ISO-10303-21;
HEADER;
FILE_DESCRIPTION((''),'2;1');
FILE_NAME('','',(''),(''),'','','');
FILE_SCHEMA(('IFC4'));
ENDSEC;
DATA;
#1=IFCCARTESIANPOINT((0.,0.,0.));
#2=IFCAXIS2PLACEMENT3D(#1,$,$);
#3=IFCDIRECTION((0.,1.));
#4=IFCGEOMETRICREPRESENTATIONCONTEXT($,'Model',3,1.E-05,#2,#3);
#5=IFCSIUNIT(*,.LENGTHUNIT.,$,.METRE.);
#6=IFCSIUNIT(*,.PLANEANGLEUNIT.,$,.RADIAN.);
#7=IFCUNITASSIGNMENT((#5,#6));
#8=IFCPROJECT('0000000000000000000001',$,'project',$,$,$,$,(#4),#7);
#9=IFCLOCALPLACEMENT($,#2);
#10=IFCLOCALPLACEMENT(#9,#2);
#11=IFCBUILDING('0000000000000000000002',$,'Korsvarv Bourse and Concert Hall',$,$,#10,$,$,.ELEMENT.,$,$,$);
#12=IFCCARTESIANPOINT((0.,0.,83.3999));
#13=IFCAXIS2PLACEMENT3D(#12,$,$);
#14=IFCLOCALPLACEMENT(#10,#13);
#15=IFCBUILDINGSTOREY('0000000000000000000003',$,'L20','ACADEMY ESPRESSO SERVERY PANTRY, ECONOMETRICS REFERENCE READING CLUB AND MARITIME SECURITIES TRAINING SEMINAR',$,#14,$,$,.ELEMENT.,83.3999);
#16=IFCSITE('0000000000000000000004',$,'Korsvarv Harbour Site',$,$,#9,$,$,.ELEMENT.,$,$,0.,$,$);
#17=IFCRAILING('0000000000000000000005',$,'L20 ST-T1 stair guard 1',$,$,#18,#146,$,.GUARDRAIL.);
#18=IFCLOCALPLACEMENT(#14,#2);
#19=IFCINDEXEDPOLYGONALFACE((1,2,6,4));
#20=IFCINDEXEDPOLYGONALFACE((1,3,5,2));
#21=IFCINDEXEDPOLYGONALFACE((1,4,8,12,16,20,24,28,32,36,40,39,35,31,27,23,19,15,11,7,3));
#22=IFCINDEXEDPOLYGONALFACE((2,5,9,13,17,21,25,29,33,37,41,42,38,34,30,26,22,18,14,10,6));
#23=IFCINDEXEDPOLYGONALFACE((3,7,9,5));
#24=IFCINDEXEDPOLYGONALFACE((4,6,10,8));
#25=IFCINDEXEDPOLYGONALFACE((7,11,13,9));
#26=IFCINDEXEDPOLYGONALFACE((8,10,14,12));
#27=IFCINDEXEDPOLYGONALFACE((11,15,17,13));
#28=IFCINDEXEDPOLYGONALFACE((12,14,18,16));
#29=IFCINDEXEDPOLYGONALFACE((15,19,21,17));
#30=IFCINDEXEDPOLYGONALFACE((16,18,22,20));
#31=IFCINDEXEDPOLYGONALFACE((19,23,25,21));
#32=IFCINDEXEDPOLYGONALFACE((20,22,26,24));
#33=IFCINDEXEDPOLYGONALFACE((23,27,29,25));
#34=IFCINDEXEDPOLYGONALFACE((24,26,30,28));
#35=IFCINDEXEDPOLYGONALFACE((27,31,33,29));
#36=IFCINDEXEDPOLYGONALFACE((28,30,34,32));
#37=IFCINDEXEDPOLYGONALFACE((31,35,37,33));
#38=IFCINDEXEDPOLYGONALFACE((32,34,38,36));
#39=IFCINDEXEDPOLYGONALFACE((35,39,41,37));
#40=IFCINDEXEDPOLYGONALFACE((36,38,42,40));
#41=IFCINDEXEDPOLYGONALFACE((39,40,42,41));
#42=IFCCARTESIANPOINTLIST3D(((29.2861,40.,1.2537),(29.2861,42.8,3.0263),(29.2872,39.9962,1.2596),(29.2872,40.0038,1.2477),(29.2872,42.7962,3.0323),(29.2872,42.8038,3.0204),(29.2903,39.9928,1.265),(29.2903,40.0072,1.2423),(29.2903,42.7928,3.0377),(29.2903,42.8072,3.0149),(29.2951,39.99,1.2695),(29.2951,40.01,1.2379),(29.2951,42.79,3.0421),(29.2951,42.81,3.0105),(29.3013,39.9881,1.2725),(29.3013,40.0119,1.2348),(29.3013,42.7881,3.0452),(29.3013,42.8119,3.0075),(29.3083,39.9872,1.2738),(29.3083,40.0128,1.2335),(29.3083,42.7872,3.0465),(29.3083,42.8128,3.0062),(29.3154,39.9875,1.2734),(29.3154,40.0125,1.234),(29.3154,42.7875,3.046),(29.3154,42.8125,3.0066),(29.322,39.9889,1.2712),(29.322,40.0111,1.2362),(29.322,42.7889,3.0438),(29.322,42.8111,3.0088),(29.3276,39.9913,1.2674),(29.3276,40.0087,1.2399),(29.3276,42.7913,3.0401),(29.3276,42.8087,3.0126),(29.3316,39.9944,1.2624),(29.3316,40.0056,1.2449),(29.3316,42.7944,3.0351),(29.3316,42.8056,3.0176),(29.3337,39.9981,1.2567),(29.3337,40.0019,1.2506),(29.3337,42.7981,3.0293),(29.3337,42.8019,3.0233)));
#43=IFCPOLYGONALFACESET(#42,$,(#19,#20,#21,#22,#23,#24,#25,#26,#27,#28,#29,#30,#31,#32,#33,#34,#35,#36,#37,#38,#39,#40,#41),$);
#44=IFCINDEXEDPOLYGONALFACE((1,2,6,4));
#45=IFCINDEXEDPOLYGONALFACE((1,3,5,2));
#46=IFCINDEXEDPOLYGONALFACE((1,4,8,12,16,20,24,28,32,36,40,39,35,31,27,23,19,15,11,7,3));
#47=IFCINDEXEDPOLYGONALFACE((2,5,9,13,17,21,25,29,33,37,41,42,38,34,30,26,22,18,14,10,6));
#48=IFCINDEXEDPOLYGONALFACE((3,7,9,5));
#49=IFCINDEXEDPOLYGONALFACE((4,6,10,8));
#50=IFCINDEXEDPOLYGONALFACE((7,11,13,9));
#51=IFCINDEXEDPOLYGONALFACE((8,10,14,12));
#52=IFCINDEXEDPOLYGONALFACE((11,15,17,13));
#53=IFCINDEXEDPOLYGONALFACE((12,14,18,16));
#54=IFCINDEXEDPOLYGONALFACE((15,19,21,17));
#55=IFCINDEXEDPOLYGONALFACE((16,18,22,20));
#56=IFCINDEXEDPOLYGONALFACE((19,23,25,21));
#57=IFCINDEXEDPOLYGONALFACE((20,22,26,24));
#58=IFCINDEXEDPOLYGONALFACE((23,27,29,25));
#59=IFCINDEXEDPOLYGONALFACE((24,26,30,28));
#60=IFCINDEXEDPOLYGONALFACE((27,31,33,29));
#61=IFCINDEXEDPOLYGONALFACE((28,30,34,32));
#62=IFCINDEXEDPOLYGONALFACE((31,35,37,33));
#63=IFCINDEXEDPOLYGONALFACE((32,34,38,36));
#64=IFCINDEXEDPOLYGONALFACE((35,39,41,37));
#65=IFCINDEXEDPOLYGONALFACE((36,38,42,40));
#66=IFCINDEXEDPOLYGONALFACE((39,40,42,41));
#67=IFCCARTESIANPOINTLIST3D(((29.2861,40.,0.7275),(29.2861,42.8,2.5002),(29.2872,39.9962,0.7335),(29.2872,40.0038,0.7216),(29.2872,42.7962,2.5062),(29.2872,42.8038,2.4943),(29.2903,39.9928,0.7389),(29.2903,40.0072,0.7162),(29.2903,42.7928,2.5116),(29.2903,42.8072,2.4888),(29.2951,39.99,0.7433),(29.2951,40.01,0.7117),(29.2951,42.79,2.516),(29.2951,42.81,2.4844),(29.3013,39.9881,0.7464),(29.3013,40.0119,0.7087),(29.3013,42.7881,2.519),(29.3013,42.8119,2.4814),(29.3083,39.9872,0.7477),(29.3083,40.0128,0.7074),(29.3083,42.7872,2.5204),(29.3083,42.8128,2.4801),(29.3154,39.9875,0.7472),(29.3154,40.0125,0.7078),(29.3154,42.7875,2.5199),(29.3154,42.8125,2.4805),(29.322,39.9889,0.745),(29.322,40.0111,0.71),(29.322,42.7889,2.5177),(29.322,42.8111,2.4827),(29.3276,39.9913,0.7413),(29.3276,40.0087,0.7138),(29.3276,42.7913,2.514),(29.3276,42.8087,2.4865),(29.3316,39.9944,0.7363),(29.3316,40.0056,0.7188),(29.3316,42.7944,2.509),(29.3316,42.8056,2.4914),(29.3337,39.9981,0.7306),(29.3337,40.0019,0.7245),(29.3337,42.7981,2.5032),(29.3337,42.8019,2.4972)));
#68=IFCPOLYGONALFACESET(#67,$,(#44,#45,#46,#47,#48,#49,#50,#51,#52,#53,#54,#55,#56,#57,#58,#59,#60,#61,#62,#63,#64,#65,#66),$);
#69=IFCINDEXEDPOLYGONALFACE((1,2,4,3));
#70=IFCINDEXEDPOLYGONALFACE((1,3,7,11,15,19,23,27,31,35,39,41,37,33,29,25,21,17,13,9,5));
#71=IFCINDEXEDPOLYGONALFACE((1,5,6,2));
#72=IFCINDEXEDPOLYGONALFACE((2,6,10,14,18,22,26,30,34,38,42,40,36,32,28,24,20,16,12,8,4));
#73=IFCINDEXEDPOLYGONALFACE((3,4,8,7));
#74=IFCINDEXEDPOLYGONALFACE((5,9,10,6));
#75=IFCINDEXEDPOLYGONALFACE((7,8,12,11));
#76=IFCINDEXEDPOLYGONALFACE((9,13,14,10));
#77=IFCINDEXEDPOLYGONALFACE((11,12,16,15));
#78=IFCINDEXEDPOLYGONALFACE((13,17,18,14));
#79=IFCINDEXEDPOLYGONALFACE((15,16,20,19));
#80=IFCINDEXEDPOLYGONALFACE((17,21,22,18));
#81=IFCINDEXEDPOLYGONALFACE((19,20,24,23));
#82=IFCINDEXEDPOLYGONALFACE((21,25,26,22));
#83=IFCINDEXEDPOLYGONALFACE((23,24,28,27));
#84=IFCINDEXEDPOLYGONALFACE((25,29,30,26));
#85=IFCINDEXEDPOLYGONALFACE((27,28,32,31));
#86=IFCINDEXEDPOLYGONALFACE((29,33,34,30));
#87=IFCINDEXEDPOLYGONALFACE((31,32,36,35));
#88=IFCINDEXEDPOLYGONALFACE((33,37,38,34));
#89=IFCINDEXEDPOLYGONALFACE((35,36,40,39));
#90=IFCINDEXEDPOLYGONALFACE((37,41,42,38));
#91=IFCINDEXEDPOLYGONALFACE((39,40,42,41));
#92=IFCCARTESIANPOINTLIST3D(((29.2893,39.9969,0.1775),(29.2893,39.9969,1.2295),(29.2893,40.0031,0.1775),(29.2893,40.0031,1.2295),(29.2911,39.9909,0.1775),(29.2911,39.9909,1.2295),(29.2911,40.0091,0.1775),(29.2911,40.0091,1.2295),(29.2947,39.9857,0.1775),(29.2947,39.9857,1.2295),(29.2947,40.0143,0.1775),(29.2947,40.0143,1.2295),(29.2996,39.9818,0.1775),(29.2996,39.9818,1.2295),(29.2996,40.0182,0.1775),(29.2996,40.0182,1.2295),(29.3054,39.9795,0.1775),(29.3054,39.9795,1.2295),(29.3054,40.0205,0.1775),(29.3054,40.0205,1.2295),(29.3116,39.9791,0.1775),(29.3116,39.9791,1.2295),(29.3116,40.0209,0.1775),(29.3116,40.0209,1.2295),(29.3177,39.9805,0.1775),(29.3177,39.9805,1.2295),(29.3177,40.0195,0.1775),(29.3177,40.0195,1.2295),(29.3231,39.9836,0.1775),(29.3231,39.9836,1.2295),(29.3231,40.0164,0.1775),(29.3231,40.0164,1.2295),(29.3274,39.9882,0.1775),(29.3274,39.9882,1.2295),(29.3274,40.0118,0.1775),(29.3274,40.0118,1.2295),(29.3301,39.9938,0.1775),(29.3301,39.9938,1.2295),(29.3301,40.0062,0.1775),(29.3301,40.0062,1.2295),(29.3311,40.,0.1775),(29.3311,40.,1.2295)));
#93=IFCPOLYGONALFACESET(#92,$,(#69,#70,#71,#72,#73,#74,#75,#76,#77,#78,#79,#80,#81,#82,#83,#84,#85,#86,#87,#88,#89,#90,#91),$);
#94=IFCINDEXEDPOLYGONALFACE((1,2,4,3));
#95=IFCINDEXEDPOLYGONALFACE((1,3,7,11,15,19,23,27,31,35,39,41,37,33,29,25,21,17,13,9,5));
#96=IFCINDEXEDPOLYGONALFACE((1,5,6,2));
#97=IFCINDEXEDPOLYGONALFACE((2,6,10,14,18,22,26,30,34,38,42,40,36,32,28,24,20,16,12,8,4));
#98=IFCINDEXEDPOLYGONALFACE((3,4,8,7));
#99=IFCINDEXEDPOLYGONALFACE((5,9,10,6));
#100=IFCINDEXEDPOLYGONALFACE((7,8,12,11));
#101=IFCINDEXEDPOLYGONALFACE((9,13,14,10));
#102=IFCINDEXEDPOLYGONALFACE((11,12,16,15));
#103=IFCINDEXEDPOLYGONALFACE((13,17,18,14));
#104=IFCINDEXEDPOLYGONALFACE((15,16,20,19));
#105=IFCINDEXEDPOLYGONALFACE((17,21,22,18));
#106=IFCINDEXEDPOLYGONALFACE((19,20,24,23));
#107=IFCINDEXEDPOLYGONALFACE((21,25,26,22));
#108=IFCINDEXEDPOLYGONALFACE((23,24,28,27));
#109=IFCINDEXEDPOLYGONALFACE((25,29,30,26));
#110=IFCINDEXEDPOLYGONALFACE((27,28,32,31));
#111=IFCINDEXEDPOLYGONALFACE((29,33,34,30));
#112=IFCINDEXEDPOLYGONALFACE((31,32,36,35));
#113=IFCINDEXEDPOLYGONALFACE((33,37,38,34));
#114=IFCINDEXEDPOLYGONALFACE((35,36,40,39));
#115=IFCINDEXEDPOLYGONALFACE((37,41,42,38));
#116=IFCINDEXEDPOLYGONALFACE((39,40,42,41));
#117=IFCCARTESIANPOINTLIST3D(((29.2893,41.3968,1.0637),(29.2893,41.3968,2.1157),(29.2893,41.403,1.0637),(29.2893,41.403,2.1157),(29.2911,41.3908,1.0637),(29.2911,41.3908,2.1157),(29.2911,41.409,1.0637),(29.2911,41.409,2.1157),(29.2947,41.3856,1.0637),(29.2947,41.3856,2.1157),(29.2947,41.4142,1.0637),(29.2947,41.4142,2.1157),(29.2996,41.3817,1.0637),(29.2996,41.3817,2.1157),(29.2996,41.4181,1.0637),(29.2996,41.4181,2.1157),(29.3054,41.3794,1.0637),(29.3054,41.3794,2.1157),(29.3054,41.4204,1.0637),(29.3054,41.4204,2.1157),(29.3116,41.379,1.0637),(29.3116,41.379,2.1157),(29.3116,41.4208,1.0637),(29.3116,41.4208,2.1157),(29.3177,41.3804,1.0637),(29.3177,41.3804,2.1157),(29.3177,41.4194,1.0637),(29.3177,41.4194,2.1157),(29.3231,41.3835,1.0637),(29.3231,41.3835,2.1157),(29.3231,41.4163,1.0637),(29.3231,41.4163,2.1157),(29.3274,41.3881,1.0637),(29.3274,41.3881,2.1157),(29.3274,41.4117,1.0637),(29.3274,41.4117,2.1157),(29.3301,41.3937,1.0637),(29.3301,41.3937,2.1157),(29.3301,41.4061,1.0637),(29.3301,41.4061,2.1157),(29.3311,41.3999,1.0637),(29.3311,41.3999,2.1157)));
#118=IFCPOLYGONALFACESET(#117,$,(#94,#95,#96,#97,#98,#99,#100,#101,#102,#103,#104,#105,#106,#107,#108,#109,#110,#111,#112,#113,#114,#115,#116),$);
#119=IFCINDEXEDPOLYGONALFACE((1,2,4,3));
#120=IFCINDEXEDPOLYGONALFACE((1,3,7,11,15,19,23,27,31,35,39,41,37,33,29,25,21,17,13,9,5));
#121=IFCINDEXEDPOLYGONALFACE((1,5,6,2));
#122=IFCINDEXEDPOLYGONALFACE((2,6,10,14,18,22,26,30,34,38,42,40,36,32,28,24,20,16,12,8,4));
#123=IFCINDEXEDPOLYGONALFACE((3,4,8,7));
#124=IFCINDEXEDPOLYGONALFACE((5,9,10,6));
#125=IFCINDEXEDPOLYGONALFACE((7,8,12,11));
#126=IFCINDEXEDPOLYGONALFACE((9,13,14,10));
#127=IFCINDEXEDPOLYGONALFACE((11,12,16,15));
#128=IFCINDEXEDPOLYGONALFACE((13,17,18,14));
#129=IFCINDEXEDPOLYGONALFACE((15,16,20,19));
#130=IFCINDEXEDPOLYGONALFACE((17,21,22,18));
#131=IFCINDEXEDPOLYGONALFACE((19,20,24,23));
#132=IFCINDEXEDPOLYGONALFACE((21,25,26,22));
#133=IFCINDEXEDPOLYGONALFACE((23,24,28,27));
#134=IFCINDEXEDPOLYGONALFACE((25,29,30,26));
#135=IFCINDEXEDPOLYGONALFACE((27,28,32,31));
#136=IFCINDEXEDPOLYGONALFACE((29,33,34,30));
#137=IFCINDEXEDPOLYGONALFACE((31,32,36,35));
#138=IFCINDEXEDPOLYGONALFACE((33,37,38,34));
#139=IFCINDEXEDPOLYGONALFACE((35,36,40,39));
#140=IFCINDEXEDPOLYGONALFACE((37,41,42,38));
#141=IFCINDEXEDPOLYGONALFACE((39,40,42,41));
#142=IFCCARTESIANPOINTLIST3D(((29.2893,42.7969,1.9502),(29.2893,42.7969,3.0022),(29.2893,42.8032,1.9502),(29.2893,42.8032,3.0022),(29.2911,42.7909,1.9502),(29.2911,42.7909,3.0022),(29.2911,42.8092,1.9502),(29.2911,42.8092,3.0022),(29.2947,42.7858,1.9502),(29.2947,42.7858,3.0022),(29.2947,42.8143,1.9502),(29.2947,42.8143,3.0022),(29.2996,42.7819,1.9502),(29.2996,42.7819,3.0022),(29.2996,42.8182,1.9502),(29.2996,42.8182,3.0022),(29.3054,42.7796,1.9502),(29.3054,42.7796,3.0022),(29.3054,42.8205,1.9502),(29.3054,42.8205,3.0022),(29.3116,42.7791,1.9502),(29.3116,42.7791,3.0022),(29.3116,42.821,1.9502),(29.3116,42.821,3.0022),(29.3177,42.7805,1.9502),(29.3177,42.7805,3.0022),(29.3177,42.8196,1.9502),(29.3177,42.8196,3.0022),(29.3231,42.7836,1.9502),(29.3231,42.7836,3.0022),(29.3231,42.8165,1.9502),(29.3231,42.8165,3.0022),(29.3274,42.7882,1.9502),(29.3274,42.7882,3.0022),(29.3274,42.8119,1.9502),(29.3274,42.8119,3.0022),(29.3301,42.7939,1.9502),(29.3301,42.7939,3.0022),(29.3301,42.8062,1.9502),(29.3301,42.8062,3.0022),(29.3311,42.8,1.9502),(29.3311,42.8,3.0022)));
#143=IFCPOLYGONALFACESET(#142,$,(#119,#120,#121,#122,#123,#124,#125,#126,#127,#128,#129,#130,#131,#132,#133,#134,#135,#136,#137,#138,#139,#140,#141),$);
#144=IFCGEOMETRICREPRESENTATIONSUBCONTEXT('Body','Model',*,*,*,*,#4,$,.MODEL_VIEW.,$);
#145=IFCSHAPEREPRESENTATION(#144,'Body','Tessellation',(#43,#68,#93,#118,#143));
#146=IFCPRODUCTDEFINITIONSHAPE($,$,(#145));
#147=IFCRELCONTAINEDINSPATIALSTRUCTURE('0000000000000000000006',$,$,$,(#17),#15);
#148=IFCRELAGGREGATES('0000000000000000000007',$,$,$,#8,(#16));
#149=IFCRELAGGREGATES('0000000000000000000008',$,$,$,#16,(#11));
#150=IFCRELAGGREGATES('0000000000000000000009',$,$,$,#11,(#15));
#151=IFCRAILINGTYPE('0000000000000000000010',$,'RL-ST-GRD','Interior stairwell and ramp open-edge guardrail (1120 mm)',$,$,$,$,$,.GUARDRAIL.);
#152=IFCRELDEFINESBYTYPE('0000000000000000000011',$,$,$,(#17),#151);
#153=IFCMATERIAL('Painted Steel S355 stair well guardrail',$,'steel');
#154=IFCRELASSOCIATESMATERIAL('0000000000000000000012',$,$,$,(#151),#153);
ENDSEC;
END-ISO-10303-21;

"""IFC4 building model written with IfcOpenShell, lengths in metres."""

from ifc_helpers import new_model, si_unit, direction, frame, origin, origin_2d, place, context, subcontext, project, spatial, circle, extrude, material, type_object, element, save


model = new_model("IFC4")

# Units and contexts
model_context = context("Model", 3, precision=1e-05, world=origin(), true_north=direction((0.0, 1.0)))
body_context = subcontext(model_context, "Body", "Model", "MODEL_VIEW")
ifc_project = project(units=[si_unit("LENGTHUNIT", "METRE"), si_unit("PLANEANGLEUNIT", "RADIAN")], contexts=[model_context])

# Site, building, storey
site_placement = place(None, origin())
site = spatial("IfcSite", under=ifc_project, at=site_placement, Name="Korsvarv Harbour Site", CompositionType="ELEMENT", RefElevation=0.0)
building_placement = place(site_placement, origin())
building = spatial("IfcBuilding", under=site, at=building_placement, Name="Korsvarv Bourse and Concert Hall", CompositionType="ELEMENT")
storey_placement = place(building_placement, frame((0.0, 0.0, 83.3999)))
storey = spatial("IfcBuildingStorey", under=building, at=storey_placement, Name="L20", Description="ACADEMY ESPRESSO SERVERY PANTRY, ECONOMETRICS REFERENCE READING CLUB AND MARITIME SECURITIES TRAINING SEMINAR", CompositionType="ELEMENT", Elevation=83.3999)

# Railing
ifc_material_1 = material(Name="Painted Steel S355 stair well guardrail", Category="steel")
railing_type_1 = type_object("IfcRailingType", Name="RL-ST-GRD", Description="Interior stairwell and ramp open-edge guardrail (1120 mm)", PredefinedType="GUARDRAIL", material=ifc_material_1)
railing_1_placement = place(storey_placement, frame((29.3101, 40.0, 0.1775)))
element("IfcRailing", 1, at=railing_1_placement, inside=storey, type_object=railing_type_1, Name="L20 ST-T1 stair guard 1", PredefinedType="GUARDRAIL", context=body_context, shape_type="SweptSolid", body=[
    extrude(circle(Radius=0.0239, at=origin_2d()), frame((0.0, 0.0, 1.0762), z_axis=(0.0, 0.844909, 0.53491), x_axis=(-1.0, 0.0, 0.0)), (0.0, 0.0, 1.0), 3.314),
    extrude(circle(Radius=0.0239, at=origin_2d()), frame((0.0, 0.0, 0.55), z_axis=(0.0, 0.844909, 0.53491), x_axis=(-1.0, 0.0, 0.0)), (0.0, 0.0, 1.0), 3.314),
    extrude(circle(Radius=0.021, at=origin_2d()), origin(), (0.0, 0.0, 1.0), 1.052),
    extrude(circle(Radius=0.021, at=origin_2d()), frame((0.0, 1.3999, 0.8862)), (0.0, 0.0, 1.0), 1.052),
    extrude(circle(Radius=0.021, at=origin_2d()), frame((0.0, 2.8, 1.7727)), (0.0, 0.0, 1.0), 1.052),
])

save(model, "model.ifc")
